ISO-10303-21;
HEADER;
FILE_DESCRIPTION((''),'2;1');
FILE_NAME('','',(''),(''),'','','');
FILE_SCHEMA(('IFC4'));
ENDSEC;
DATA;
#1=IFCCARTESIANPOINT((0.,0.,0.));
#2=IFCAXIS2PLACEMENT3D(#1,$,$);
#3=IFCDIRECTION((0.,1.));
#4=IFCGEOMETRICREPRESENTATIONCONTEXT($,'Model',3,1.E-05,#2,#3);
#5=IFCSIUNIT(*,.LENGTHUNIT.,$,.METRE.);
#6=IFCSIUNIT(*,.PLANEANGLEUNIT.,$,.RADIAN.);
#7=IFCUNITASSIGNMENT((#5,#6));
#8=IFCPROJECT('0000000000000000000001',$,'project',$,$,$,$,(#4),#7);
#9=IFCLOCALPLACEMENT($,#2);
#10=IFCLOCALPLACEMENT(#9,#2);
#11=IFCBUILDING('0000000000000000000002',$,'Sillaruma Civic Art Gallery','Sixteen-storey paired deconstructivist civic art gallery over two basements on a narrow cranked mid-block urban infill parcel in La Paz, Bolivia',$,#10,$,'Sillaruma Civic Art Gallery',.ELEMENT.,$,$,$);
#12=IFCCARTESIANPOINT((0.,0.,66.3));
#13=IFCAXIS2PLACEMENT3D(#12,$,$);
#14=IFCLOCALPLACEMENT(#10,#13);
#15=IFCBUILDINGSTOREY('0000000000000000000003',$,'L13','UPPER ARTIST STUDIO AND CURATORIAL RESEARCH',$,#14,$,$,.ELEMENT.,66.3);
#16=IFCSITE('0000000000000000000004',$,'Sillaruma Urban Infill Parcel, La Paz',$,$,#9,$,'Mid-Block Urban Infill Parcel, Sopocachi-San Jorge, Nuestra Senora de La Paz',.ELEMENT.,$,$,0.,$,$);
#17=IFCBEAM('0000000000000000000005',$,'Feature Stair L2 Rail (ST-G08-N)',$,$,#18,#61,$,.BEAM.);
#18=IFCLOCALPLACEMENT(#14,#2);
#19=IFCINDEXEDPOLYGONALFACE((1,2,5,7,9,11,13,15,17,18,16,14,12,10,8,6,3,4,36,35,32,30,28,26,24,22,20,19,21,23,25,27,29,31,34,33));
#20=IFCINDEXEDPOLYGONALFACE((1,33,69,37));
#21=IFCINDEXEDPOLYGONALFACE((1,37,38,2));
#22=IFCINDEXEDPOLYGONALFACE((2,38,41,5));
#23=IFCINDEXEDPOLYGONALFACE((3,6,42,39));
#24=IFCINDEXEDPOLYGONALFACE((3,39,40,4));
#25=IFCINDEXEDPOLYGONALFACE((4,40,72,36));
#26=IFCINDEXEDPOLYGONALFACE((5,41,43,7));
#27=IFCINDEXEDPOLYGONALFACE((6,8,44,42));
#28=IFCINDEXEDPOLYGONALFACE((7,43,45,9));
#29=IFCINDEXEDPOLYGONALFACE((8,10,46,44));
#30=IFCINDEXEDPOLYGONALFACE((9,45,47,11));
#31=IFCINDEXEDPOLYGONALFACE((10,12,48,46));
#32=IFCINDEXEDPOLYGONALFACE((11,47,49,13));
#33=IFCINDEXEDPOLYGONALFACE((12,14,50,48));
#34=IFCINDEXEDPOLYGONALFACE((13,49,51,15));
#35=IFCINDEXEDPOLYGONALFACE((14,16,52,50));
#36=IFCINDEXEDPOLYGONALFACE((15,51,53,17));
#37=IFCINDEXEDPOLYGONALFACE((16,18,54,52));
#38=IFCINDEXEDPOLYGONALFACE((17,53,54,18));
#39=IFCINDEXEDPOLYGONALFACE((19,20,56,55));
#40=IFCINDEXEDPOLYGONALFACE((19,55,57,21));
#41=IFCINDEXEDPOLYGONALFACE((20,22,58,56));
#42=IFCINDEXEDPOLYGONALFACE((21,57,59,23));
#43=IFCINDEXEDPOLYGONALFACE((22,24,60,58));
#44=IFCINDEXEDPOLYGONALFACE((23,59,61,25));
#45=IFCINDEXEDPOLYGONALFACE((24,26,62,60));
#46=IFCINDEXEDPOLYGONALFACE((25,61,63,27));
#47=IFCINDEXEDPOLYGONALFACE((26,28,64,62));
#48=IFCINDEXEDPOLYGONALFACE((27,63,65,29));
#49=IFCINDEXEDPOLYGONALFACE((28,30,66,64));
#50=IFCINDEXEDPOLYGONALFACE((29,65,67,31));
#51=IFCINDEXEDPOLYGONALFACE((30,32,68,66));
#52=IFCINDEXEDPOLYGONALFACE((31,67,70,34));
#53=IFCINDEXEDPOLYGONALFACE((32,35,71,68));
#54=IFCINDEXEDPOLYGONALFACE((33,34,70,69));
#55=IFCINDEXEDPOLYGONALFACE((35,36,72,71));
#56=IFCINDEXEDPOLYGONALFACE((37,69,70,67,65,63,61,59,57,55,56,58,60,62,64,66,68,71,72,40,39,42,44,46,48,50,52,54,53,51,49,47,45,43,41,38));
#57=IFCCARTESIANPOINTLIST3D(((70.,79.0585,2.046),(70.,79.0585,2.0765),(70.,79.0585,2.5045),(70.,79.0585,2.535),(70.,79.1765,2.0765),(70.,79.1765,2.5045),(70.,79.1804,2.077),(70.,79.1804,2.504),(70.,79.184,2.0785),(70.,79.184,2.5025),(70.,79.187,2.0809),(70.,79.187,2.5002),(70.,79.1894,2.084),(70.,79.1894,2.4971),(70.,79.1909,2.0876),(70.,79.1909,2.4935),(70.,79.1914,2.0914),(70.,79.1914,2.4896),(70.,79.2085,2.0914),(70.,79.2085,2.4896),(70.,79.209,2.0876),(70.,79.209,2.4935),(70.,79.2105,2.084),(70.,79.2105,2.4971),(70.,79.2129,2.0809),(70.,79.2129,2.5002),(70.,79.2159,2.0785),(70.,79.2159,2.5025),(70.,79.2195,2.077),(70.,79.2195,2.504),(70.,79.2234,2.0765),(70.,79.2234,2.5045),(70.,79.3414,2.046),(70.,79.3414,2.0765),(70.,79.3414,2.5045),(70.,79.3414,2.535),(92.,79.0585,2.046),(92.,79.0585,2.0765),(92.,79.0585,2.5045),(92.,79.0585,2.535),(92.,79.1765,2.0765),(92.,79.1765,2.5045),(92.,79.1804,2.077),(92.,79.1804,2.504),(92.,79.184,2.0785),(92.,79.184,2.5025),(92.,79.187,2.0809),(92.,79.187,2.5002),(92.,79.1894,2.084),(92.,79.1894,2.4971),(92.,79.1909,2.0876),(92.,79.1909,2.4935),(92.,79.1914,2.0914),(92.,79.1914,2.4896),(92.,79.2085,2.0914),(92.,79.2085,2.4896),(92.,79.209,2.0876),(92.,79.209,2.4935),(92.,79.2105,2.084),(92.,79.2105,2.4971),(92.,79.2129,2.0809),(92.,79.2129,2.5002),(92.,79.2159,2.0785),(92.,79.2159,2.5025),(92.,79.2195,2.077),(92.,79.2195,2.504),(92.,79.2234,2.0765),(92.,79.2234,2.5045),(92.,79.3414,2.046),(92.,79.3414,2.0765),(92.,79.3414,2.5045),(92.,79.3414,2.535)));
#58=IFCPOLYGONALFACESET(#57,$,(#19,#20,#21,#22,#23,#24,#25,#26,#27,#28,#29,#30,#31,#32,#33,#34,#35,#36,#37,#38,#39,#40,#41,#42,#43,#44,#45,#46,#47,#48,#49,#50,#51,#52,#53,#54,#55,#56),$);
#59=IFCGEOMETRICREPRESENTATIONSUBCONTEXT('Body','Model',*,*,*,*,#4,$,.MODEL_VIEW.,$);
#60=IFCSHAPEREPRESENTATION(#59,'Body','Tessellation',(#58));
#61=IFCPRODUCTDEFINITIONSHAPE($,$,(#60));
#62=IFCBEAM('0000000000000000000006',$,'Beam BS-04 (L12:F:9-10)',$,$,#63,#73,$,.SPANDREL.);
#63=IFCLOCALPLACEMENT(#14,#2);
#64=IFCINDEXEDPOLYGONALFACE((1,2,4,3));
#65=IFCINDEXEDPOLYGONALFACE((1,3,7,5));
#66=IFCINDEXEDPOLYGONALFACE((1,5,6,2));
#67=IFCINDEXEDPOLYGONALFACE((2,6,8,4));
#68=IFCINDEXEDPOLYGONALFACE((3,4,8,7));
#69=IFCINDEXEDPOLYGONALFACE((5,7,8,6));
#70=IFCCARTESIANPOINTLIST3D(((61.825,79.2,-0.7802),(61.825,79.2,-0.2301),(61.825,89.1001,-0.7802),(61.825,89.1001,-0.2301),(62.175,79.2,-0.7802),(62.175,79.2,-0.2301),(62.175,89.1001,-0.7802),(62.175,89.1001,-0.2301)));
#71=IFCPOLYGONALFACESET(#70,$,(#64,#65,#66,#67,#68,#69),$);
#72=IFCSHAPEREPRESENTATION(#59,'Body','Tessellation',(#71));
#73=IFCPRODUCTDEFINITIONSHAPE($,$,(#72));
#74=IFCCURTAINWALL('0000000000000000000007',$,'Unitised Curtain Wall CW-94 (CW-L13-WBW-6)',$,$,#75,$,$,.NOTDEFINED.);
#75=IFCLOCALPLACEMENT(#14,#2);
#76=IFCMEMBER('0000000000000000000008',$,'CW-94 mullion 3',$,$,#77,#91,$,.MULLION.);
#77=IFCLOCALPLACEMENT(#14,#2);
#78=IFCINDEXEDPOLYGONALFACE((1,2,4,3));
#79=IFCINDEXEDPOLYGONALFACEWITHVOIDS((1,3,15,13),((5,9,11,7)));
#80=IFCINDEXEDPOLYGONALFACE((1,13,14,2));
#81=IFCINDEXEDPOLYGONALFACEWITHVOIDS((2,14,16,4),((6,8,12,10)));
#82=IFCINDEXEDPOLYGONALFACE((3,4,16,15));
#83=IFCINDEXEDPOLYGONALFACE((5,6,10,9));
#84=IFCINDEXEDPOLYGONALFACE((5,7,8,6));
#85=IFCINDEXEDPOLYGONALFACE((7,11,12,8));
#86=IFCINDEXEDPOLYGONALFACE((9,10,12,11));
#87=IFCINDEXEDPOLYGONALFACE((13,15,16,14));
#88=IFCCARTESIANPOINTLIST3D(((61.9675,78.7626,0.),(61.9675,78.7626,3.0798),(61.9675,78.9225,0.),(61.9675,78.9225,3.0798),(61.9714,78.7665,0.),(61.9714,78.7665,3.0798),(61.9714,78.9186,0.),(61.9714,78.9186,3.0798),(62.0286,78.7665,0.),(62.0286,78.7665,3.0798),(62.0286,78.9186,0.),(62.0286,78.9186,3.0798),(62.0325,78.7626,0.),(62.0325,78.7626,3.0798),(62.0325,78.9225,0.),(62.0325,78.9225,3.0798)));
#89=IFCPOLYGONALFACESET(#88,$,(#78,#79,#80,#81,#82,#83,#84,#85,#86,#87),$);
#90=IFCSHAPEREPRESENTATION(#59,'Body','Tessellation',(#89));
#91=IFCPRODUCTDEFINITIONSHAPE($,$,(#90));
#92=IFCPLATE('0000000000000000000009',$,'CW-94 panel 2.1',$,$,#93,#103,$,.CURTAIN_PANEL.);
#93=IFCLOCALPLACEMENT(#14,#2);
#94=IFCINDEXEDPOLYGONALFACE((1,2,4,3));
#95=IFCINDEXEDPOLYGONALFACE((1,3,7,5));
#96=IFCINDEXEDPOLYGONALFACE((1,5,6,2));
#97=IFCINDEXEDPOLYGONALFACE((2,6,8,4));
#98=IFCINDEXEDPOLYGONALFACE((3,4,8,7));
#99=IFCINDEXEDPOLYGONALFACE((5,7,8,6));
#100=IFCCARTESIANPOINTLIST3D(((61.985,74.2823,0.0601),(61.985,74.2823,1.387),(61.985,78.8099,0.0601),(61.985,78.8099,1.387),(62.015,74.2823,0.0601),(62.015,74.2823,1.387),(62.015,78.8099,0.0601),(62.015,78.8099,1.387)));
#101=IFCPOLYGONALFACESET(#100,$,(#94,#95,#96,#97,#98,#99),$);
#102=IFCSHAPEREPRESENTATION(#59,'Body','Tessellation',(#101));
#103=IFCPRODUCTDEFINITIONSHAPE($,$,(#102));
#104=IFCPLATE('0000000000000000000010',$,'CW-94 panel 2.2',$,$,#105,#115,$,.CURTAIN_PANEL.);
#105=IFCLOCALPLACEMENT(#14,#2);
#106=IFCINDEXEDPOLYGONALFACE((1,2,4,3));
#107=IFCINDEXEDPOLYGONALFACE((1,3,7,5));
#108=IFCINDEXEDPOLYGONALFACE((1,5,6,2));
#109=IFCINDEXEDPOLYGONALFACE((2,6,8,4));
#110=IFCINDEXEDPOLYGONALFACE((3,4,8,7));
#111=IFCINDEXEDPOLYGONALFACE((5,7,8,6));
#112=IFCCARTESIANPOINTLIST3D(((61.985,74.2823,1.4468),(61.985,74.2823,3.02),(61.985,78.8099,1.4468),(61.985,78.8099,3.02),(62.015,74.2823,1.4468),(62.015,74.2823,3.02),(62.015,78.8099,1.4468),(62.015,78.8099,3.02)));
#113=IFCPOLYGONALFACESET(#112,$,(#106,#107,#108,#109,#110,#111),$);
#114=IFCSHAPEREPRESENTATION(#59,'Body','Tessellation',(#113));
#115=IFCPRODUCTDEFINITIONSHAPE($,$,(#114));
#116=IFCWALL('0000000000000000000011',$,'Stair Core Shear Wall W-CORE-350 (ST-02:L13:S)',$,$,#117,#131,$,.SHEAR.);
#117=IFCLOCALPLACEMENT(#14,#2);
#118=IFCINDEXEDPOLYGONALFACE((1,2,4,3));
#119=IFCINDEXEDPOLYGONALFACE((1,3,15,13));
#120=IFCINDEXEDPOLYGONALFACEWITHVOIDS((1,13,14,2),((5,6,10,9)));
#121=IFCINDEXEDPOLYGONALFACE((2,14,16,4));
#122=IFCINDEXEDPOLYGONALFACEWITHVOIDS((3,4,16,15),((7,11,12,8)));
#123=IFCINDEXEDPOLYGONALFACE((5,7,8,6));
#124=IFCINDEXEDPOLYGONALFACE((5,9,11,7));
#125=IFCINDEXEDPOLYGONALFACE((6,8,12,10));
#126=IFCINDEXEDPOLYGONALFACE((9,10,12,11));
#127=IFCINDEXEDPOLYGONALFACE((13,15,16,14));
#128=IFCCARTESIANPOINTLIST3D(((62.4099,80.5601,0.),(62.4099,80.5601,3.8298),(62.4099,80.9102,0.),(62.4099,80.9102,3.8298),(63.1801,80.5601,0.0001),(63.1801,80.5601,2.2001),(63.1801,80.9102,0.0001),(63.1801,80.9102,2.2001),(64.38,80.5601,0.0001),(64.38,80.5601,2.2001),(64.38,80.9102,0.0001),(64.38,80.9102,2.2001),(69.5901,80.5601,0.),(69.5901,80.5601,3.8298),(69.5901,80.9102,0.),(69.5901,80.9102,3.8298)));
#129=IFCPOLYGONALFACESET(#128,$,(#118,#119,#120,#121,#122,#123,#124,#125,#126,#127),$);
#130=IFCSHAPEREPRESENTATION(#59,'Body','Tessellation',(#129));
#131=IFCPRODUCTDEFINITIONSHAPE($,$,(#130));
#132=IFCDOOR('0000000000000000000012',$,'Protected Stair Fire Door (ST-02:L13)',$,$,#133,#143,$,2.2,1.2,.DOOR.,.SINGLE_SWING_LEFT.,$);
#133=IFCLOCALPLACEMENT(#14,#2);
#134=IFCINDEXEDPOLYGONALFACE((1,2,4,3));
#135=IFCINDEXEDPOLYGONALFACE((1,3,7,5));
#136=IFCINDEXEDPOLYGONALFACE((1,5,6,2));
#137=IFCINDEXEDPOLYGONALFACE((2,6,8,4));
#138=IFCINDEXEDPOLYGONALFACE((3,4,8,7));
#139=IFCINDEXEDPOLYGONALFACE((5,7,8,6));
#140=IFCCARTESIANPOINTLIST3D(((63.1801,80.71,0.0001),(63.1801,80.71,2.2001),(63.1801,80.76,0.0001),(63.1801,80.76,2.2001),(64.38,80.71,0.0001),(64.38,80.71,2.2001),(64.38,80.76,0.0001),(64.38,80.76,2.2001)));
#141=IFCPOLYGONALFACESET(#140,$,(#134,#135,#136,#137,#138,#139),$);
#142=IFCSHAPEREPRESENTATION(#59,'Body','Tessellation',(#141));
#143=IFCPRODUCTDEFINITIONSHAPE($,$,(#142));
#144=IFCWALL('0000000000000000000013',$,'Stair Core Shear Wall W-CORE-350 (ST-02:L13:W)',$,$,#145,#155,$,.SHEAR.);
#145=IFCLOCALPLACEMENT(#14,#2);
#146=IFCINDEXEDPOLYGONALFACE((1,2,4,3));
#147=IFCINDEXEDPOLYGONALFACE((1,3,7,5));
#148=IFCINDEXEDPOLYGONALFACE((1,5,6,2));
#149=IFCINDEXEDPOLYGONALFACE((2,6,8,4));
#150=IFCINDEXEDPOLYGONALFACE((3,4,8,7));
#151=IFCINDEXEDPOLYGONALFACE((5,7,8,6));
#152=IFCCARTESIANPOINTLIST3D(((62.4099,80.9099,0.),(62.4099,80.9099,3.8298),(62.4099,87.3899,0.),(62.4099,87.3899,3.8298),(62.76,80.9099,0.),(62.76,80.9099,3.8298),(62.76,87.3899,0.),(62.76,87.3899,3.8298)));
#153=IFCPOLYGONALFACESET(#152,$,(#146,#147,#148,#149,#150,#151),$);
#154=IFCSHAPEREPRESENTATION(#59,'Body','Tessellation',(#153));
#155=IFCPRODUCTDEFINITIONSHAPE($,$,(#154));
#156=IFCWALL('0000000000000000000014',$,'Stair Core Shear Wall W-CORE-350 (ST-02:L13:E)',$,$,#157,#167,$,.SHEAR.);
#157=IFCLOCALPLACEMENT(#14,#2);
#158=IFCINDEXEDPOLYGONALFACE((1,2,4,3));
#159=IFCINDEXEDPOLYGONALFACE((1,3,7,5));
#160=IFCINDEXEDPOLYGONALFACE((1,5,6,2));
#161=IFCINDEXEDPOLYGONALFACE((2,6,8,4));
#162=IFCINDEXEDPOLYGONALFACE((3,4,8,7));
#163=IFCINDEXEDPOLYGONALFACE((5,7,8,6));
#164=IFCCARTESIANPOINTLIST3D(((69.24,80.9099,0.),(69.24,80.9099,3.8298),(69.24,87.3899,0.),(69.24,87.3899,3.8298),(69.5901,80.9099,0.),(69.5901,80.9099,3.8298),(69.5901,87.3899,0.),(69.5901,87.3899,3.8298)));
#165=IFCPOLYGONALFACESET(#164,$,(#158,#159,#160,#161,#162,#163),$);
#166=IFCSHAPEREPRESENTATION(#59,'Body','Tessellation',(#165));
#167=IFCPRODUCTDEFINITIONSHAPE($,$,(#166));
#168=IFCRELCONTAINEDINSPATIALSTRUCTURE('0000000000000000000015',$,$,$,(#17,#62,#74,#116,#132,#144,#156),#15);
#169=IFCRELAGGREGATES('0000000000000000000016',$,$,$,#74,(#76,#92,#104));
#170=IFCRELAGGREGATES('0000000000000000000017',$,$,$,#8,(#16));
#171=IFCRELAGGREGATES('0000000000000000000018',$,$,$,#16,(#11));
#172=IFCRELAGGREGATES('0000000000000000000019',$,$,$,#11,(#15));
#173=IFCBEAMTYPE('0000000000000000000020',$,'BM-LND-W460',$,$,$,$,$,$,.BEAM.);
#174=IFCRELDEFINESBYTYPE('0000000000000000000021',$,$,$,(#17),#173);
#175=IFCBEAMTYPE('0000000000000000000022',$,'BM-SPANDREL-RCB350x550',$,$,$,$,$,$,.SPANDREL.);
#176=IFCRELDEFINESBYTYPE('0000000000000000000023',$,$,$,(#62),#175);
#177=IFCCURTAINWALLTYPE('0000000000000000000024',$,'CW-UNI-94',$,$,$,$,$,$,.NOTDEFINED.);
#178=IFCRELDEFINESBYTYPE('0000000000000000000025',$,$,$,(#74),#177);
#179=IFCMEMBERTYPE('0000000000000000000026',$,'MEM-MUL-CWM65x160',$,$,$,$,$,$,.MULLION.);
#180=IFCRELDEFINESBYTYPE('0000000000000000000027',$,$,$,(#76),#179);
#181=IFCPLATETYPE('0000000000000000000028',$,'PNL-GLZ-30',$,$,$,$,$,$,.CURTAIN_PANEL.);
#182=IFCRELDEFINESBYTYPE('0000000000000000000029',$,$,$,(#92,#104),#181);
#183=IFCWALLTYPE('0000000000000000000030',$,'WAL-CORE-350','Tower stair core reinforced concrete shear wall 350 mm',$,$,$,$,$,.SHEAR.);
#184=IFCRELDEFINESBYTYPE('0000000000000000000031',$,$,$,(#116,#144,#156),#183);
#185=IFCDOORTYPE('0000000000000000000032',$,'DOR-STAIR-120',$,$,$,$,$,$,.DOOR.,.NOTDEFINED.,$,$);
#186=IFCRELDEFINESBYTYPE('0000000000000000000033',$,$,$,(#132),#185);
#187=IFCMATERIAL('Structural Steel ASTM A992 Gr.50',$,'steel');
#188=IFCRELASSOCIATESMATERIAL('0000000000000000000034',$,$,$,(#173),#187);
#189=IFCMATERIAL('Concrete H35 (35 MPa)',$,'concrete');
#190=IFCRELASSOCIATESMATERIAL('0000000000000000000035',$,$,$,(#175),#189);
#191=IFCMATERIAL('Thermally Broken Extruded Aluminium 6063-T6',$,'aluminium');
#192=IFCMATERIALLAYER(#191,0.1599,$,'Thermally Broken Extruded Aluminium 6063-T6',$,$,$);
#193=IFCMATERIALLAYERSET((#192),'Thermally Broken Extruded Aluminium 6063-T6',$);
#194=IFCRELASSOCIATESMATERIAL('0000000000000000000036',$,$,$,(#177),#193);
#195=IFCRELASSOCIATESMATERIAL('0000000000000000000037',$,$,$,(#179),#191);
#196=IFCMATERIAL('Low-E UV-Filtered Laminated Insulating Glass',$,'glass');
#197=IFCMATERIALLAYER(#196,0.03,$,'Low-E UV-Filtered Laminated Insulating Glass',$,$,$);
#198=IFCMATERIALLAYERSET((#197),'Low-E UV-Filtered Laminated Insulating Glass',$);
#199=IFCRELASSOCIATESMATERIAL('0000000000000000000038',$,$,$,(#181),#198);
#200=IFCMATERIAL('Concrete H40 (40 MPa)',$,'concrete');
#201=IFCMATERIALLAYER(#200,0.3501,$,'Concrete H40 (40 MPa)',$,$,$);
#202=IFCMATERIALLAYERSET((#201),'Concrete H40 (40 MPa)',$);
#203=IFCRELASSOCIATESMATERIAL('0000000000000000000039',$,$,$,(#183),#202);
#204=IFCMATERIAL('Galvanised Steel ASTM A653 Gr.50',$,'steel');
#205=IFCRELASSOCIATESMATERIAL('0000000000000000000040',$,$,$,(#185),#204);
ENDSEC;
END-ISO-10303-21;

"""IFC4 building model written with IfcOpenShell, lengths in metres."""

from ifc_helpers import new_model, si_unit, direction, frame, frame_2d, origin, origin_2d, place, context, subcontext, project, spatial, rectangle, hollow_rectangle, i_section, extrude, material, layer, layer_set, material_profile, profile_set, type_object, element, fill, aggregate, save


model = new_model("IFC4")

# Units and contexts
model_context = context("Model", 3, precision=1e-05, world=origin(), true_north=direction((0.0, 1.0)))
body_context = subcontext(model_context, "Body", "Model", "MODEL_VIEW")
ifc_project = project(units=[si_unit("LENGTHUNIT", "METRE"), si_unit("PLANEANGLEUNIT", "RADIAN")], contexts=[model_context])

# Site, building, storey
site_placement = place(None, origin())
site = spatial("IfcSite", under=ifc_project, at=site_placement, Name="Sillaruma Urban Infill Parcel, La Paz", LongName="Mid-Block Urban Infill Parcel, Sopocachi-San Jorge, Nuestra Senora de La Paz", CompositionType="ELEMENT", RefElevation=0.0)
building_placement = place(site_placement, origin())
building = spatial("IfcBuilding", under=site, at=building_placement, Name="Sillaruma Civic Art Gallery", Description="Sixteen-storey paired deconstructivist civic art gallery over two basements on a narrow cranked mid-block urban infill parcel in La Paz, Bolivia", LongName="Sillaruma Civic Art Gallery", CompositionType="ELEMENT")
storey_placement = place(building_placement, frame((0.0, 0.0, 66.3)))
storey = spatial("IfcBuildingStorey", under=building, at=storey_placement, Name="L13", Description="UPPER ARTIST STUDIO AND CURATORIAL RESEARCH", CompositionType="ELEMENT", Elevation=66.3)

# Shared definitions
ifc_material_1 = material(Name="Concrete H40 (40 MPa)", Category="concrete")

# Beams
ifc_material_2 = material(Name="Concrete H35 (35 MPa)", Category="concrete")
ifc_material_3 = material(Name="Structural Steel ASTM A992 Gr.50", Category="steel")
ifc_material_profile_1 = material_profile(ifc_material_3, i_section(OverallWidth=0.283, OverallDepth=0.489, WebThickness=0.0171, FlangeThickness=0.0305, FilletRadius=0.0149, at=origin_2d()), Name="W460x193")
ifc_profile_set_1 = profile_set([ifc_material_profile_1], Name="Structural Steel ASTM A992 Gr.50")
beam_type_1 = type_object("IfcBeamType", Name="BM-LND-W460", PredefinedType="BEAM", material=ifc_profile_set_1)
for number, where, z_axis, x_axis, name in (
    (1, (70.0, 79.2, 2.2905), (1.0, 0.0, 0.0), (0.0, 1.0, 0.0), "Feature Stair L2 Rail (ST-G08-N)"),
):
    element("IfcBeam", number, at=place(storey_placement, frame(where, z_axis=z_axis, x_axis=x_axis)), inside=storey, type_object=beam_type_1, Name=name, PredefinedType="BEAM", context=body_context, shape_type="SweptSolid", body=[
        extrude(i_section(OverallWidth=0.283, OverallDepth=0.489, WebThickness=0.0171, FlangeThickness=0.0305, FilletRadius=0.0149, at=origin_2d()), origin(), (0.0, 0.0, 1.0), 22.0),
    ])
ifc_material_profile_2 = material_profile(ifc_material_2, rectangle(XDim=0.3501, YDim=0.55, at=origin_2d()), Name="RCB350x550")
ifc_profile_set_2 = profile_set([ifc_material_profile_2], Name="Concrete H35 (35 MPa)")
beam_type_2 = type_object("IfcBeamType", Name="BM-SPANDREL-RCB350x550", PredefinedType="SPANDREL", material=ifc_profile_set_2)
beam_1_placement = place(storey_placement, frame((62.0, 79.2, -0.5051), z_axis=(0.0, 1.0, 0.0), x_axis=(-1.0, 0.0, 0.0)))
element("IfcBeam", 2, at=beam_1_placement, inside=storey, type_object=beam_type_2, Name="Beam BS-04 (L12:F:9-10)", PredefinedType="SPANDREL", context=body_context, shape_type="SweptSolid", body=[
    extrude(rectangle(XDim=0.3501, YDim=0.55, at=origin_2d()), origin(), (0.0, 0.0, 1.0), 9.9001),
])

# Curtain wall, member, plates
ifc_material_4 = material(Name="Thermally Broken Extruded Aluminium 6063-T6", Category="aluminium")
ifc_layer_1 = layer(ifc_material_4, 0.1599, Name="Thermally Broken Extruded Aluminium 6063-T6")
ifc_layer_set_1 = layer_set([ifc_layer_1], Name="Thermally Broken Extruded Aluminium 6063-T6")
curtain_wall_type = type_object("IfcCurtainWallType", Name="CW-UNI-94", PredefinedType="NOTDEFINED", material=ifc_layer_set_1)
curtain_wall_placement = place(storey_placement, origin())
curtain_wall = element("IfcCurtainWall", 3, at=curtain_wall_placement, inside=storey, type_object=curtain_wall_type, Name="Unitised Curtain Wall CW-94 (CW-L13-WBW-6)", PredefinedType="NOTDEFINED")
ifc_material_profile_3 = material_profile(ifc_material_4, hollow_rectangle(XDim=0.0649, YDim=0.1599, WallThickness=0.0039, at=origin_2d()), Name="CWM65x160")
ifc_profile_set_3 = profile_set([ifc_material_profile_3], Name="Thermally Broken Extruded Aluminium 6063-T6")
member_type = type_object("IfcMemberType", Name="MEM-MUL-CWM65x160", PredefinedType="MULLION", material=ifc_profile_set_3)
member_placement = place(storey_placement, frame((62.0, 78.8425, 0.0), z_axis=(0.0, 0.0, 1.0), x_axis=(-1.0, 0.0, 0.0)))
member = element("IfcMember", 4, at=member_placement, type_object=member_type, Name="CW-94 mullion 3", PredefinedType="MULLION", context=body_context, shape_type="SweptSolid", body=[
    extrude(hollow_rectangle(XDim=0.0649, YDim=0.1599, WallThickness=0.0039, at=origin_2d()), origin(), (0.0, 0.0, 1.0), 3.0798),
])
ifc_material_5 = material(Name="Low-E UV-Filtered Laminated Insulating Glass", Category="glass")
ifc_layer_2 = layer(ifc_material_5, 0.03, Name="Low-E UV-Filtered Laminated Insulating Glass")
ifc_layer_set_2 = layer_set([ifc_layer_2], Name="Low-E UV-Filtered Laminated Insulating Glass")
plate_type = type_object("IfcPlateType", Name="PNL-GLZ-30", PredefinedType="CURTAIN_PANEL", material=ifc_layer_set_2)
plate_1_placement = place(storey_placement, frame((62.0, 76.5461, 0.0601), z_axis=(0.0, 0.0, 1.0), x_axis=(0.0, 1.0, 0.0)))
plate_1 = element("IfcPlate", 5, at=plate_1_placement, type_object=plate_type, Name="CW-94 panel 2.1", PredefinedType="CURTAIN_PANEL", context=body_context, shape_type="SweptSolid", body=[
    extrude(rectangle(XDim=4.5276, YDim=0.03, at=origin_2d()), origin(), (0.0, 0.0, 1.0), 1.3269),
])
plate_2_placement = place(storey_placement, frame((62.0, 76.5461, 1.4468), z_axis=(0.0, 0.0, 1.0), x_axis=(0.0, 1.0, 0.0)))
plate_2 = element("IfcPlate", 6, at=plate_2_placement, type_object=plate_type, Name="CW-94 panel 2.2", PredefinedType="CURTAIN_PANEL", context=body_context, shape_type="SweptSolid", body=[
    extrude(rectangle(XDim=4.5276, YDim=0.03, at=origin_2d()), origin(), (0.0, 0.0, 1.0), 1.5732),
])
aggregate(curtain_wall, [member, plate_1, plate_2])

# Wall, opening, door
ifc_layer_3 = layer(ifc_material_1, 0.3501, Name="Concrete H40 (40 MPa)")
ifc_layer_set_3 = layer_set([ifc_layer_3], Name="Concrete H40 (40 MPa)")
wall_type_1 = type_object("IfcWallType", Name="WAL-CORE-350", Description="Tower stair core reinforced concrete shear wall 350 mm", PredefinedType="SHEAR", material=ifc_layer_set_3)
wall_1_placement = place(storey_placement, frame((62.4099, 80.7351, 0.0), z_axis=(0.0, 0.0, 1.0), x_axis=(1.0, 0.0, 0.0)))
wall_1 = element("IfcWall", 7, at=wall_1_placement, inside=storey, type_object=wall_type_1, Name="Stair Core Shear Wall W-CORE-350 (ST-02:L13:S)", PredefinedType="SHEAR", context=body_context, shape_type="SweptSolid", body=[
    extrude(rectangle(XDim=7.1802, YDim=0.3501, at=frame_2d((3.5901, 0.0))), origin(), (0.0, 0.0, 1.0), 3.8298),
])
opening_1_placement = place(wall_1_placement, frame((0.77, 0.0, 0.0)))
opening_1 = element("IfcOpeningElement", 8, at=opening_1_placement, cuts=wall_1, PredefinedType="OPENING", context=body_context, shape_type="SweptSolid", body=[
    extrude(rectangle(XDim=1.2, YDim=2.2, at=frame_2d((0.6001, 1.1001))), frame((0.0, 0.1851, 0.0), z_axis=(0.0, -1.0, 0.0), x_axis=(1.0, 0.0, 0.0)), (0.0, 0.0, 1.0), 0.3701),
])
ifc_material_6 = material(Name="Galvanised Steel ASTM A653 Gr.50", Category="steel")
door_type = type_object("IfcDoorType", Name="DOR-STAIR-120", OperationType="NOTDEFINED", PredefinedType="DOOR", material=ifc_material_6)
door_placement = place(opening_1_placement, origin())
door = element("IfcDoor", 9, at=door_placement, inside=storey, type_object=door_type, Name="Protected Stair Fire Door (ST-02:L13)", OperationType="SINGLE_SWING_LEFT", OverallHeight=2.2, OverallWidth=1.2, PredefinedType="DOOR", context=body_context, shape_type="SweptSolid", body=[
    extrude(rectangle(XDim=1.2, YDim=2.2, at=frame_2d((0.6001, 1.1001))), frame((0.0, 0.0249, 0.0), z_axis=(0.0, -1.0, 0.0), x_axis=(1.0, 0.0, 0.0)), (0.0, 0.0, 1.0), 0.05),
])
fill(opening_1, door)

# Walls
for number, where, z_axis, x_axis, name in (
    (10, (62.585, 80.9099, 0.0), (0.0, 0.0, 1.0), (0.0, 1.0, 0.0), "Stair Core Shear Wall W-CORE-350 (ST-02:L13:W)"),
    (11, (69.415, 80.9099, 0.0), (0.0, 0.0, 1.0), (0.0, 1.0, 0.0), "Stair Core Shear Wall W-CORE-350 (ST-02:L13:E)"),
):
    element("IfcWall", number, at=place(storey_placement, frame(where, z_axis=z_axis, x_axis=x_axis)), inside=storey, type_object=wall_type_1, Name=name, PredefinedType="SHEAR", context=body_context, shape_type="SweptSolid", body=[
        extrude(rectangle(XDim=6.48, YDim=0.3501, at=frame_2d((3.24, 0.0))), origin(), (0.0, 0.0, 1.0), 3.8298),
    ])

save(model, "model.ifc")
